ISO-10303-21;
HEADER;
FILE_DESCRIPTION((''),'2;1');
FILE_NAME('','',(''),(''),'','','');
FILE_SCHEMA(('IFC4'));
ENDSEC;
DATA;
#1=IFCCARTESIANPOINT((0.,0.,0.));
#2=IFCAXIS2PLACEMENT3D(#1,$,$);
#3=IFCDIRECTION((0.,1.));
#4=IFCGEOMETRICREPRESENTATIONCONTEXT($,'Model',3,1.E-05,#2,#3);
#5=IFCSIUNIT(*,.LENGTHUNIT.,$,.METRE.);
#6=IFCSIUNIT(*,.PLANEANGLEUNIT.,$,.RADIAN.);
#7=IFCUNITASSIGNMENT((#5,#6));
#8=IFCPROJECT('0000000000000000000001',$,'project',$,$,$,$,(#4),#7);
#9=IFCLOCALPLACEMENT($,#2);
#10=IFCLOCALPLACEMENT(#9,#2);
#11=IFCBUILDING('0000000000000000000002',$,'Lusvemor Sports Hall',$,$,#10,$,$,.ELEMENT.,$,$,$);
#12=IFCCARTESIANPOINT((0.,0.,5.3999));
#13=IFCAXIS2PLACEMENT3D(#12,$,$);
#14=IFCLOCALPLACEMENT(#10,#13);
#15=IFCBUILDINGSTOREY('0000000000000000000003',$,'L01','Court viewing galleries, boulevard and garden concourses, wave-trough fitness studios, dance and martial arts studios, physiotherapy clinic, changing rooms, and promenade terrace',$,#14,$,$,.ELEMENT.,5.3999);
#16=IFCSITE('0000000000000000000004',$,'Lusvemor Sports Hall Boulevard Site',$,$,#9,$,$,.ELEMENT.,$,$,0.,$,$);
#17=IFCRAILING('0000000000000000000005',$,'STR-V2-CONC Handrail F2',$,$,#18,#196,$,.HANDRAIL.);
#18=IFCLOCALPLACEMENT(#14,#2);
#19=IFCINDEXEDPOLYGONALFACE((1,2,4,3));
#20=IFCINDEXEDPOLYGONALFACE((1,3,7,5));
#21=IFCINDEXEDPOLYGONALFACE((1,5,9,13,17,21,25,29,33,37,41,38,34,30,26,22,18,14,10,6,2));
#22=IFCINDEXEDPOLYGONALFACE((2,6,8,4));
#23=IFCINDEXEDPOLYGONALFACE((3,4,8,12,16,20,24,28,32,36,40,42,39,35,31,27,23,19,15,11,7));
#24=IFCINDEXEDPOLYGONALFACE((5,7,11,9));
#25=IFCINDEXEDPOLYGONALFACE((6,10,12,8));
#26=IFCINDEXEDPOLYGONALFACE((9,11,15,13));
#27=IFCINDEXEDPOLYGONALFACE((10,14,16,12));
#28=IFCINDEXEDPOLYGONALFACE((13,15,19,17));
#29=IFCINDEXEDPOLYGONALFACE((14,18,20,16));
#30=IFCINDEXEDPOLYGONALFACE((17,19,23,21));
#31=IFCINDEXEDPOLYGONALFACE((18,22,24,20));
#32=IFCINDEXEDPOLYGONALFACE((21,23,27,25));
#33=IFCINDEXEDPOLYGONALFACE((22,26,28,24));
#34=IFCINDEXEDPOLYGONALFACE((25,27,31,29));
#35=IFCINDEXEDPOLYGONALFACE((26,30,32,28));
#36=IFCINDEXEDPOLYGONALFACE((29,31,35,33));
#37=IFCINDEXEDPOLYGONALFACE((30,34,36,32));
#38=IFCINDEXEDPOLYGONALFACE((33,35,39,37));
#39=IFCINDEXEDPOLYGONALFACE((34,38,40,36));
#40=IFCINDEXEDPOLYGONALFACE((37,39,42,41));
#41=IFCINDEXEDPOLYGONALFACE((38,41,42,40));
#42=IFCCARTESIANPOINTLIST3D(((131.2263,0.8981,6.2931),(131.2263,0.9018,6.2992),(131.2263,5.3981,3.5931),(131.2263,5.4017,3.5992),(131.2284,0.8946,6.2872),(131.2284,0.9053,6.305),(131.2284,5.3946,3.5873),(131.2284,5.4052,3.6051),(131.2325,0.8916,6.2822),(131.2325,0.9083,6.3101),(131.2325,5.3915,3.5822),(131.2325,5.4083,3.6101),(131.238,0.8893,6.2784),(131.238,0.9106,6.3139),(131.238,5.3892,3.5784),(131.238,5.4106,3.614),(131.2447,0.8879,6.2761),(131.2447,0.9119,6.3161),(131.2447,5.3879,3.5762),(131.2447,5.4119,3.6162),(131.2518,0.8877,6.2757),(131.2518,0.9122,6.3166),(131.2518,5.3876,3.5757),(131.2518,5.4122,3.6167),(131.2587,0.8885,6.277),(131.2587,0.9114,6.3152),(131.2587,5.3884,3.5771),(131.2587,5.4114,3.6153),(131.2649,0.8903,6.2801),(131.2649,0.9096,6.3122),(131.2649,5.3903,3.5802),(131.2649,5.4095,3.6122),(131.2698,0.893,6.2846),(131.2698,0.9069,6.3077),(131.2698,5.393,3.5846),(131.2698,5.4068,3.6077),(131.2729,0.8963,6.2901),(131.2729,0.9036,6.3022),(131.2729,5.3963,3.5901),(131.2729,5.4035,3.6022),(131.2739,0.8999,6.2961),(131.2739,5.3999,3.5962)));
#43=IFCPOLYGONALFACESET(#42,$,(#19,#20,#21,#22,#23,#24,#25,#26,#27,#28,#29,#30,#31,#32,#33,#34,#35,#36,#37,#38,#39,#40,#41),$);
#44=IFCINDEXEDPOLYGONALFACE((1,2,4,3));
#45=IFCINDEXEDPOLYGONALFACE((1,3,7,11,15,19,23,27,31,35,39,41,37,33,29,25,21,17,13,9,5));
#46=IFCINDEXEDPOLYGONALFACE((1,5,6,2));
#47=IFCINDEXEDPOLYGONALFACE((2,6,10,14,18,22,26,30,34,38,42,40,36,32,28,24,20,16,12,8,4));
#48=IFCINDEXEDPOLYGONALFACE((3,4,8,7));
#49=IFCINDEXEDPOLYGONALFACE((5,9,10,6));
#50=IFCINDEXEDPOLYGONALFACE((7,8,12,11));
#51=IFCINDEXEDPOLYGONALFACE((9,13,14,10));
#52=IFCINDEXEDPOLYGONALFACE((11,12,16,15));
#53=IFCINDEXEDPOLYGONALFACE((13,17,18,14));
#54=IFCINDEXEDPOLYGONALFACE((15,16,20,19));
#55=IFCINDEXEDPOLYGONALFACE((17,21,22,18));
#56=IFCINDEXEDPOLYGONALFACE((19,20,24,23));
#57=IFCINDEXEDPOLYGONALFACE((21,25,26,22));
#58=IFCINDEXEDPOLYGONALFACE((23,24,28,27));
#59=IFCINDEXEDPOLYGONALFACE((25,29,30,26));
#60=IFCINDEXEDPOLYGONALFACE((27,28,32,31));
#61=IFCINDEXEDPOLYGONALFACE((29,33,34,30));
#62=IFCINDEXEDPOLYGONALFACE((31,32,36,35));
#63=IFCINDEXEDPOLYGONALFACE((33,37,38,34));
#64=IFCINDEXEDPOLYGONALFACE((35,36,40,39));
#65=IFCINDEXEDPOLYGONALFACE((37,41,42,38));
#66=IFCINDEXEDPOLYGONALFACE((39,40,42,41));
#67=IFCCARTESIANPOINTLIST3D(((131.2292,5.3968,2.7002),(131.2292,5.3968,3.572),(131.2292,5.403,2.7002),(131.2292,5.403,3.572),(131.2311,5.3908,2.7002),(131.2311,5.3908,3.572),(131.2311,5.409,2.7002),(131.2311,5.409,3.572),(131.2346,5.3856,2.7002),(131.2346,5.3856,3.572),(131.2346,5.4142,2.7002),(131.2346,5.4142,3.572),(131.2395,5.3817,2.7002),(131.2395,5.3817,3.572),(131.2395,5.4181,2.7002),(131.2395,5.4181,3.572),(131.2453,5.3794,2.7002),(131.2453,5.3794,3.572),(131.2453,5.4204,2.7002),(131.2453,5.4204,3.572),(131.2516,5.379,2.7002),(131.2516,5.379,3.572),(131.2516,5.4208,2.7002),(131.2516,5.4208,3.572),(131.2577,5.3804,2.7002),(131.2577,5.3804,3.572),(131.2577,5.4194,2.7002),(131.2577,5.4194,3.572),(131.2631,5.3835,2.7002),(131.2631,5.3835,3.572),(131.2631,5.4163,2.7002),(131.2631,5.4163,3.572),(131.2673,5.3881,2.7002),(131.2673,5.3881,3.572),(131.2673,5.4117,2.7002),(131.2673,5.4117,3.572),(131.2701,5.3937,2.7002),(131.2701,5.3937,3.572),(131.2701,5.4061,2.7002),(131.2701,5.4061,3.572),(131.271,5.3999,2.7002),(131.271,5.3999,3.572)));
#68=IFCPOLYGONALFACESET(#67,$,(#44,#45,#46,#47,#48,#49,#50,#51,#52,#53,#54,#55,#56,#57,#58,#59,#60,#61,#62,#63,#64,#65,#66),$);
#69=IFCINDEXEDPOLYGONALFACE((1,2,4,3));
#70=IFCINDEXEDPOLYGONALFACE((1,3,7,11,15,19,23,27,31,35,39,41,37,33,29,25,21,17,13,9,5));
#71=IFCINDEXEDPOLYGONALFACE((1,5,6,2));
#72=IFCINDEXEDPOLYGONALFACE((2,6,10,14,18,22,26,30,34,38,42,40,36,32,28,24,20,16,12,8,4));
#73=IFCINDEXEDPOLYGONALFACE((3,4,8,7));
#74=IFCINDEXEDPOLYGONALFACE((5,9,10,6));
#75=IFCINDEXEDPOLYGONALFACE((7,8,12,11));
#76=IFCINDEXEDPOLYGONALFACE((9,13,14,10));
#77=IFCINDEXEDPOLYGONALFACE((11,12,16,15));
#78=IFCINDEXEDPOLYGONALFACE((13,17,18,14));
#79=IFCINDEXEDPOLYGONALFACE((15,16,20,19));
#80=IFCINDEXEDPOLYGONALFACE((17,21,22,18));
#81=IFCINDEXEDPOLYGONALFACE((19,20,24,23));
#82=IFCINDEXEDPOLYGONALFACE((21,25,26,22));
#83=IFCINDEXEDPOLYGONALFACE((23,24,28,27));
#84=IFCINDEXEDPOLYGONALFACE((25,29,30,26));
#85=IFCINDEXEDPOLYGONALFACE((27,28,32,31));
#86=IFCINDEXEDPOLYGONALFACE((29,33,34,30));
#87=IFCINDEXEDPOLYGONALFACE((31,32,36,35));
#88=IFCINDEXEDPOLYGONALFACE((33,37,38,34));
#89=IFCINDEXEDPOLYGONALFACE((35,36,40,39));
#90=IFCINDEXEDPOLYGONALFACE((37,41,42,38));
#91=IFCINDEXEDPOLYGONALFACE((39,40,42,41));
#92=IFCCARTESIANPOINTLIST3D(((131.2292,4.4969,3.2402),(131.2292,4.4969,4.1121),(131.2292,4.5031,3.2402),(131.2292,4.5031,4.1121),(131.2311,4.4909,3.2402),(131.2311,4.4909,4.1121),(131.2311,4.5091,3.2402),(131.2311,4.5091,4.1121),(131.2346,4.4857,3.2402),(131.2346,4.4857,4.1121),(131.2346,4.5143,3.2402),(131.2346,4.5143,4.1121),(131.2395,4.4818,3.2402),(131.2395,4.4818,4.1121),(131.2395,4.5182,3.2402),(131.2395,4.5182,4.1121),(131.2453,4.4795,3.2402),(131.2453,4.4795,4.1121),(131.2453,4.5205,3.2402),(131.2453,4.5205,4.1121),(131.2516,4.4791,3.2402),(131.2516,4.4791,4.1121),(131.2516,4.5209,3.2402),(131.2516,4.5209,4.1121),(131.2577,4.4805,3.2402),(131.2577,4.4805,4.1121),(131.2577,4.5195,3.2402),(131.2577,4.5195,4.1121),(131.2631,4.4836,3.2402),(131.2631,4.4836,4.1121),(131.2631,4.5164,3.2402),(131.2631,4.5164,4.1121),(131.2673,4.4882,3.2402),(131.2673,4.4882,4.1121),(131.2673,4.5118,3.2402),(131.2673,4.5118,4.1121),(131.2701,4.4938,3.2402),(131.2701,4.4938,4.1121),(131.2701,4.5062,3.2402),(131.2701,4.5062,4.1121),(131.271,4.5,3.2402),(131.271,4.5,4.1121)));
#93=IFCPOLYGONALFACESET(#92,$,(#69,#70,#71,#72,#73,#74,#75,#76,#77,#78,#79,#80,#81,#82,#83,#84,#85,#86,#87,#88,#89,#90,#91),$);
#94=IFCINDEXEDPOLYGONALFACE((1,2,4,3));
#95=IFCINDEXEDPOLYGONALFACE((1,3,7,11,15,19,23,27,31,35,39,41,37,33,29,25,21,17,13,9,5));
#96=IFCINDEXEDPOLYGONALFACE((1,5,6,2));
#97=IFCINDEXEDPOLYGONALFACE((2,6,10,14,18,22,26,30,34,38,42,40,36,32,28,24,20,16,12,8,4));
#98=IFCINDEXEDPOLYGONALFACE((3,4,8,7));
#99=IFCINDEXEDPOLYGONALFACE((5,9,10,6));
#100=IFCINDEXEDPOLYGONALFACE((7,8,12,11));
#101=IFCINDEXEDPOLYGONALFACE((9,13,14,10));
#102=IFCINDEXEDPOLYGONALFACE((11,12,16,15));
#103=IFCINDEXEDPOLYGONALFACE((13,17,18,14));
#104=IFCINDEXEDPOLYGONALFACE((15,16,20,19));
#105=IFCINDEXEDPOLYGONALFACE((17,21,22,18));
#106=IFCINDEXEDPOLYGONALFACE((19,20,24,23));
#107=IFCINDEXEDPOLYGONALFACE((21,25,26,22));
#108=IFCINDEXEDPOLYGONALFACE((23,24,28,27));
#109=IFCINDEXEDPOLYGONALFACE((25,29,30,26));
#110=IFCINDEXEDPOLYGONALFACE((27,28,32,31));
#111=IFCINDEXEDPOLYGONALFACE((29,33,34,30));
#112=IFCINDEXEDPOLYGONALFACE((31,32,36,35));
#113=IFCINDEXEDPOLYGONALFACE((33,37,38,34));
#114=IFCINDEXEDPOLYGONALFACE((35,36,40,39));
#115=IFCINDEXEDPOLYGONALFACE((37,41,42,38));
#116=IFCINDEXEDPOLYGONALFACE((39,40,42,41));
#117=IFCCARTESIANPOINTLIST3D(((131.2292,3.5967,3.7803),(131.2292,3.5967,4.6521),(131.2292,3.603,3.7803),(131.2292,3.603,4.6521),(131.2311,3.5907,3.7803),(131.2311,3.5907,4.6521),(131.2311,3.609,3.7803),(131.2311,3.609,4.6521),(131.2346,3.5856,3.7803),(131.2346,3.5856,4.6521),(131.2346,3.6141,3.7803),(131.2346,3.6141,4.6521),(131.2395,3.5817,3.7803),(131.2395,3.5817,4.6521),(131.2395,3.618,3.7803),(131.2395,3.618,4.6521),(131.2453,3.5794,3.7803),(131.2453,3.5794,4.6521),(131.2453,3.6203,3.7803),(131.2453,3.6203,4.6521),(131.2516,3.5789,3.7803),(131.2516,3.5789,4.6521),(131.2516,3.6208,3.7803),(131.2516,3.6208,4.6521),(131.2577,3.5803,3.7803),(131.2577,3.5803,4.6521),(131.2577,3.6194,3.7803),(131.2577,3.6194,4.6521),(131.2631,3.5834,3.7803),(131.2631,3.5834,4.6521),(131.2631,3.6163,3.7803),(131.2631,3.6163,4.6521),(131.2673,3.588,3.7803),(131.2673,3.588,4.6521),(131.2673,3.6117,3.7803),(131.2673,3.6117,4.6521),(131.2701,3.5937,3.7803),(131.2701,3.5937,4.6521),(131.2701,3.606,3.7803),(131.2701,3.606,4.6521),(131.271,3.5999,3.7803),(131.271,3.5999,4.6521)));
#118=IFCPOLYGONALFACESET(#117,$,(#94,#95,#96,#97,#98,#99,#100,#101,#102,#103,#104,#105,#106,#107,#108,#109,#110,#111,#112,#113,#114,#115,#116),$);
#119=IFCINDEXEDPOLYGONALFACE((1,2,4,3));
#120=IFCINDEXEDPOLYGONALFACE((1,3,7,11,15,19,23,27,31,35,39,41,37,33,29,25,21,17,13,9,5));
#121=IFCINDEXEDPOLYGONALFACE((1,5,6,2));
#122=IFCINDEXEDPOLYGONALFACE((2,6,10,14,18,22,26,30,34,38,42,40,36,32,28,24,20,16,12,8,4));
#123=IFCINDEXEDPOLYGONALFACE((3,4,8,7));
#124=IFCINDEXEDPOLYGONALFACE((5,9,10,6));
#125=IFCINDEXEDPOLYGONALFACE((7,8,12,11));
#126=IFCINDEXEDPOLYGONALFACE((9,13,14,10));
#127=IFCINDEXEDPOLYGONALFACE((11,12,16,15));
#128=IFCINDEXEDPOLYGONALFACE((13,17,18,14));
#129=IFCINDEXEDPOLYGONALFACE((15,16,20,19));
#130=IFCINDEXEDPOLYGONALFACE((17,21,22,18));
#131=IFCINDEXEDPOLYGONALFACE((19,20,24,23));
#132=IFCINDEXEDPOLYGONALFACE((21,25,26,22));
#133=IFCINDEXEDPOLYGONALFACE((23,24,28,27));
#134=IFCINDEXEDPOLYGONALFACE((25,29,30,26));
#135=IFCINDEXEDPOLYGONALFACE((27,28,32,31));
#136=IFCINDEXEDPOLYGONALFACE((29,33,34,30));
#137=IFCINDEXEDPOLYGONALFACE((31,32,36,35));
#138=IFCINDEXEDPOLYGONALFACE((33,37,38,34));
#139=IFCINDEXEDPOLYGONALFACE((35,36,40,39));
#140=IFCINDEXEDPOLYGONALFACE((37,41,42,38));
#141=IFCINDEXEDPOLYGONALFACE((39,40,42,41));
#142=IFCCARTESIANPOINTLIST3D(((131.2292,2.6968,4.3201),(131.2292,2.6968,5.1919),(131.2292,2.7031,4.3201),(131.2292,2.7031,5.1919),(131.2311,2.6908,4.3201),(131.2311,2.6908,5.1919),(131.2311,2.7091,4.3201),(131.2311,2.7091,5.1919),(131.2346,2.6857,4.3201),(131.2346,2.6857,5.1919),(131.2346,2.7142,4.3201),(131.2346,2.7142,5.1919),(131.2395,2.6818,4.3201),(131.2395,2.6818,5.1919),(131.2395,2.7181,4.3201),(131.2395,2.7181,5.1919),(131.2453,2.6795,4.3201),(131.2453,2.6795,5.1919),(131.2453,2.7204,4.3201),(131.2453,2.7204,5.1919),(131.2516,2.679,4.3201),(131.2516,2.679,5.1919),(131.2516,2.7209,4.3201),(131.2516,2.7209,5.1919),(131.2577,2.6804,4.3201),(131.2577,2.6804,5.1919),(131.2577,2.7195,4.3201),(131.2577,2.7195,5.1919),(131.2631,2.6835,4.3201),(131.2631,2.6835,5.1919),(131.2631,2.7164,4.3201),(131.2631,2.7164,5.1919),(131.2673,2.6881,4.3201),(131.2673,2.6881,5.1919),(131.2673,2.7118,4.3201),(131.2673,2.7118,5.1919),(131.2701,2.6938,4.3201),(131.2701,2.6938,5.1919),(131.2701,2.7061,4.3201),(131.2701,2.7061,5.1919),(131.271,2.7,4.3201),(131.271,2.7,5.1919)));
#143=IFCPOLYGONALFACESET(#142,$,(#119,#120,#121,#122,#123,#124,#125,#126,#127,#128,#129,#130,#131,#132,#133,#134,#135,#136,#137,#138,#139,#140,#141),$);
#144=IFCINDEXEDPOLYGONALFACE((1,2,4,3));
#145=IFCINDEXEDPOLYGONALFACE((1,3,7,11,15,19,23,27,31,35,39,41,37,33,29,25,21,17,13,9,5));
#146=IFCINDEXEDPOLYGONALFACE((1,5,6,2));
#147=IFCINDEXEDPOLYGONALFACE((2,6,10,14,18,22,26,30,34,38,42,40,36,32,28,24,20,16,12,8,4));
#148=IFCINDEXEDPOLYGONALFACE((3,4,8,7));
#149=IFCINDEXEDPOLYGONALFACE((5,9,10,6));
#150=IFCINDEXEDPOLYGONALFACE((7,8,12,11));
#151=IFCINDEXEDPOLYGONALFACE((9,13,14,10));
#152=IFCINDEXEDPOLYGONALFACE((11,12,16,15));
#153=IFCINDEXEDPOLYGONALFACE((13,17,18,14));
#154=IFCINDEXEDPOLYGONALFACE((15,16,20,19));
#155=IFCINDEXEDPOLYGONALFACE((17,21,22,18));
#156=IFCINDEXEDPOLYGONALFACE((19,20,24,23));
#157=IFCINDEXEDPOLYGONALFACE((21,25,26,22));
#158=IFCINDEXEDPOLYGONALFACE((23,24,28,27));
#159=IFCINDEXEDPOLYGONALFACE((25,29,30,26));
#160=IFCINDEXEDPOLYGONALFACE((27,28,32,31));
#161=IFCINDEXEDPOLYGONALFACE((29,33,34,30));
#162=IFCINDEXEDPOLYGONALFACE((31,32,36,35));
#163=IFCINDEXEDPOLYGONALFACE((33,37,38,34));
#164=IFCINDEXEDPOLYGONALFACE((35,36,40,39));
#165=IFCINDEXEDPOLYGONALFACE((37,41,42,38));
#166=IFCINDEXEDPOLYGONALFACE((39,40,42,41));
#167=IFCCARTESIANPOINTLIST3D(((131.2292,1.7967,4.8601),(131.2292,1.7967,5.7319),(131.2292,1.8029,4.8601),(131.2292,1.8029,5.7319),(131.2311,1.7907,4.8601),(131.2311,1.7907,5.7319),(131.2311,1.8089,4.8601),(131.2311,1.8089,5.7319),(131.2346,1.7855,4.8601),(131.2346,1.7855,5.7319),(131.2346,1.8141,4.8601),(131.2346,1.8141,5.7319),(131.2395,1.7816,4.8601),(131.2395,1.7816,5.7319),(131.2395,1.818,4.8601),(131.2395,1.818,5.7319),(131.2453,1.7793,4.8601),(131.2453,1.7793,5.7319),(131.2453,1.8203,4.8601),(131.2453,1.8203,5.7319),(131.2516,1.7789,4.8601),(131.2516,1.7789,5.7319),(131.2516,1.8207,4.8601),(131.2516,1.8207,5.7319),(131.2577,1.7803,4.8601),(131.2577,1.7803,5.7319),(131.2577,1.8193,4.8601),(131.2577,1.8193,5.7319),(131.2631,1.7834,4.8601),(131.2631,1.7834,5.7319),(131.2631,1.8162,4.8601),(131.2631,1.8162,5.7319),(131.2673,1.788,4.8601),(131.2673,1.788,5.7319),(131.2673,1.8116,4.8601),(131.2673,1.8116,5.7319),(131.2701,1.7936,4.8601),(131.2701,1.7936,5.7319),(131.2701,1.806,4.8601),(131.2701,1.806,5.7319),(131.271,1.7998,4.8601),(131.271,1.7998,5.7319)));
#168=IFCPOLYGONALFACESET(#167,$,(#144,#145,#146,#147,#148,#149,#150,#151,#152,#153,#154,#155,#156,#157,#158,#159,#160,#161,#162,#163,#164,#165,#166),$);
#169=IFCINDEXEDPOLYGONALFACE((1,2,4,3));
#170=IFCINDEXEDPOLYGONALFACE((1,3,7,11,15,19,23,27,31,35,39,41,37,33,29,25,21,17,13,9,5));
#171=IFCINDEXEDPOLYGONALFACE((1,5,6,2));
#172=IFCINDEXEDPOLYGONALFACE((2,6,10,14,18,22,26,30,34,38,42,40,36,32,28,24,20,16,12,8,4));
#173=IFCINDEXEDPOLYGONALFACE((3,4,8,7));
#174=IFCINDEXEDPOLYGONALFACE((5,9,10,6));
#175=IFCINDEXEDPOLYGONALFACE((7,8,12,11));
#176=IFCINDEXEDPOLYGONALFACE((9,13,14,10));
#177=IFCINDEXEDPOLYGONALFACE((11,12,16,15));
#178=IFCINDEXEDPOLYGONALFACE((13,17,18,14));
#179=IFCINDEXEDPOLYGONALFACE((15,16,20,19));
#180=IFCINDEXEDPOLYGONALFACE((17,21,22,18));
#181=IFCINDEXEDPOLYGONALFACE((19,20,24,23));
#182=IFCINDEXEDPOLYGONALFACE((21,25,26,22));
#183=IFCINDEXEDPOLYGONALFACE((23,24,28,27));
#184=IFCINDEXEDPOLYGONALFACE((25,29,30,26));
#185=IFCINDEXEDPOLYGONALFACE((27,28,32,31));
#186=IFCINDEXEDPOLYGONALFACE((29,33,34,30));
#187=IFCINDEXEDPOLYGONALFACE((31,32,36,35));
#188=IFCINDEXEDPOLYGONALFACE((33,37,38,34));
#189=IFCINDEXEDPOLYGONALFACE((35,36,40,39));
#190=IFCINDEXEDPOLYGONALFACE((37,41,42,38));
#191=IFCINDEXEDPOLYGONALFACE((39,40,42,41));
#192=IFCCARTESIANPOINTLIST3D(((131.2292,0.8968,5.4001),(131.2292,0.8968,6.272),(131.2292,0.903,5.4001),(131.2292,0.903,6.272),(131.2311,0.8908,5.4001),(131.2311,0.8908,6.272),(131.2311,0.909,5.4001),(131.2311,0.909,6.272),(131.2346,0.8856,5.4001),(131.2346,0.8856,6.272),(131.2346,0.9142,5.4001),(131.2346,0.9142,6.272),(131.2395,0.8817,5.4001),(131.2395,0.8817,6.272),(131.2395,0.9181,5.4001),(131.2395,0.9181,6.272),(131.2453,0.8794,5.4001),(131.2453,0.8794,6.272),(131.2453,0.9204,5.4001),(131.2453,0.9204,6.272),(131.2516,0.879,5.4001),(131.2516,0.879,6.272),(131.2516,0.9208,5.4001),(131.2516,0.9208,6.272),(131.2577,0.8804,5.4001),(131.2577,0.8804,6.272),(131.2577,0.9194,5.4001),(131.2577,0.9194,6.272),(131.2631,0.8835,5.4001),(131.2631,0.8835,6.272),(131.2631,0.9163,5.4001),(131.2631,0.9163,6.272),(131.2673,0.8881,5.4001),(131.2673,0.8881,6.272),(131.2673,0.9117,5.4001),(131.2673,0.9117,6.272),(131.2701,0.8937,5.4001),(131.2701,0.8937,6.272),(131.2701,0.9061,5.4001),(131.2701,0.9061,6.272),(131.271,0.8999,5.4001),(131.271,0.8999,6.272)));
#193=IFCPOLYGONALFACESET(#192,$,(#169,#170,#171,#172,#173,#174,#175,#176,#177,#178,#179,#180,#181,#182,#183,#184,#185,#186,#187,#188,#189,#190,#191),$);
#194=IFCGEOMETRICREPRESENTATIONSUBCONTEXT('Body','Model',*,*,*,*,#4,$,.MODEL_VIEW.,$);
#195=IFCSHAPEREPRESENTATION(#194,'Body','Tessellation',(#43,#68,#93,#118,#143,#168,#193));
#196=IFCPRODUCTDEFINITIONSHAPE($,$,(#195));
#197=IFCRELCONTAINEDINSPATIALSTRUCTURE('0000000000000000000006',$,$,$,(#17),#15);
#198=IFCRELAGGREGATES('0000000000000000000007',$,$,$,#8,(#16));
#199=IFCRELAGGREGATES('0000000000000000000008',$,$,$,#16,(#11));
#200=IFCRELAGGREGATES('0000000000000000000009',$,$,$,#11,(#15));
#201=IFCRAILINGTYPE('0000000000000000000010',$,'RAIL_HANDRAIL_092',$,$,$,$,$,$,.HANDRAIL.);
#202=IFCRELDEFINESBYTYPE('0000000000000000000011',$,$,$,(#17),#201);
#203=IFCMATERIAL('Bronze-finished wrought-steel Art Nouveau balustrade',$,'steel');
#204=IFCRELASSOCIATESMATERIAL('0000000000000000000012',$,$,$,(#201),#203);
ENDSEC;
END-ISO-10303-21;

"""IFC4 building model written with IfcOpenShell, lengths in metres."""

from ifc_helpers import new_model, si_unit, direction, frame, origin, origin_2d, place, context, subcontext, project, spatial, circle, extrude, material, type_object, element, save


model = new_model("IFC4")

# Units and contexts
model_context = context("Model", 3, precision=1e-05, world=origin(), true_north=direction((0.0, 1.0)))
body_context = subcontext(model_context, "Body", "Model", "MODEL_VIEW")
ifc_project = project(units=[si_unit("LENGTHUNIT", "METRE"), si_unit("PLANEANGLEUNIT", "RADIAN")], contexts=[model_context])

# Site, building, storey
site_placement = place(None, origin())
site = spatial("IfcSite", under=ifc_project, at=site_placement, Name="Lusvemor Sports Hall Boulevard Site", CompositionType="ELEMENT", RefElevation=0.0)
building_placement = place(site_placement, origin())
building = spatial("IfcBuilding", under=site, at=building_placement, Name="Lusvemor Sports Hall", CompositionType="ELEMENT")
storey_placement = place(building_placement, frame((0.0, 0.0, 5.3999)))
storey = spatial("IfcBuildingStorey", under=building, at=storey_placement, Name="L01", Description="Court viewing galleries, boulevard and garden concourses, wave-trough fitness studios, dance and martial arts studios, physiotherapy clinic, changing rooms, and promenade terrace", CompositionType="ELEMENT", Elevation=5.3999)

# Railing
ifc_material_1 = material(Name="Bronze-finished wrought-steel Art Nouveau balustrade", Category="steel")
railing_type_1 = type_object("IfcRailingType", Name="RAIL_HANDRAIL_092", PredefinedType="HANDRAIL", material=ifc_material_1)
railing_1_placement = place(storey_placement, frame((131.25, 5.3999, 2.7002)))
element("IfcRailing", 1, at=railing_1_placement, inside=storey, type_object=railing_type_1, Name="STR-V2-CONC Handrail F2", PredefinedType="HANDRAIL", context=body_context, shape_type="SweptSolid", body=[
    extrude(circle(Radius=0.0239, at=origin_2d()), frame((0.0, 0.0, 0.896), z_axis=(0.0, -0.857497, 0.514489), x_axis=(1.0, 0.0, 0.0)), (0.0, 0.0, 1.0), 5.2478),
    extrude(circle(Radius=0.021, at=origin_2d()), origin(), (0.0, 0.0, 1.0), 0.8718),
    extrude(circle(Radius=0.021, at=origin_2d()), frame((0.0, -0.8999, 0.54)), (0.0, 0.0, 1.0), 0.8718),
    extrude(circle(Radius=0.021, at=origin_2d()), frame((0.0, -1.8, 1.0801)), (0.0, 0.0, 1.0), 0.8718),
    extrude(circle(Radius=0.021, at=origin_2d()), frame((0.0, -2.7, 1.6199)), (0.0, 0.0, 1.0), 0.8718),
    extrude(circle(Radius=0.021, at=origin_2d()), frame((0.0, -3.6001, 2.1599)), (0.0, 0.0, 1.0), 0.8718),
    extrude(circle(Radius=0.021, at=origin_2d()), frame((0.0, -4.5, 2.7)), (0.0, 0.0, 1.0), 0.8718),
])

save(model, "model.ifc")
